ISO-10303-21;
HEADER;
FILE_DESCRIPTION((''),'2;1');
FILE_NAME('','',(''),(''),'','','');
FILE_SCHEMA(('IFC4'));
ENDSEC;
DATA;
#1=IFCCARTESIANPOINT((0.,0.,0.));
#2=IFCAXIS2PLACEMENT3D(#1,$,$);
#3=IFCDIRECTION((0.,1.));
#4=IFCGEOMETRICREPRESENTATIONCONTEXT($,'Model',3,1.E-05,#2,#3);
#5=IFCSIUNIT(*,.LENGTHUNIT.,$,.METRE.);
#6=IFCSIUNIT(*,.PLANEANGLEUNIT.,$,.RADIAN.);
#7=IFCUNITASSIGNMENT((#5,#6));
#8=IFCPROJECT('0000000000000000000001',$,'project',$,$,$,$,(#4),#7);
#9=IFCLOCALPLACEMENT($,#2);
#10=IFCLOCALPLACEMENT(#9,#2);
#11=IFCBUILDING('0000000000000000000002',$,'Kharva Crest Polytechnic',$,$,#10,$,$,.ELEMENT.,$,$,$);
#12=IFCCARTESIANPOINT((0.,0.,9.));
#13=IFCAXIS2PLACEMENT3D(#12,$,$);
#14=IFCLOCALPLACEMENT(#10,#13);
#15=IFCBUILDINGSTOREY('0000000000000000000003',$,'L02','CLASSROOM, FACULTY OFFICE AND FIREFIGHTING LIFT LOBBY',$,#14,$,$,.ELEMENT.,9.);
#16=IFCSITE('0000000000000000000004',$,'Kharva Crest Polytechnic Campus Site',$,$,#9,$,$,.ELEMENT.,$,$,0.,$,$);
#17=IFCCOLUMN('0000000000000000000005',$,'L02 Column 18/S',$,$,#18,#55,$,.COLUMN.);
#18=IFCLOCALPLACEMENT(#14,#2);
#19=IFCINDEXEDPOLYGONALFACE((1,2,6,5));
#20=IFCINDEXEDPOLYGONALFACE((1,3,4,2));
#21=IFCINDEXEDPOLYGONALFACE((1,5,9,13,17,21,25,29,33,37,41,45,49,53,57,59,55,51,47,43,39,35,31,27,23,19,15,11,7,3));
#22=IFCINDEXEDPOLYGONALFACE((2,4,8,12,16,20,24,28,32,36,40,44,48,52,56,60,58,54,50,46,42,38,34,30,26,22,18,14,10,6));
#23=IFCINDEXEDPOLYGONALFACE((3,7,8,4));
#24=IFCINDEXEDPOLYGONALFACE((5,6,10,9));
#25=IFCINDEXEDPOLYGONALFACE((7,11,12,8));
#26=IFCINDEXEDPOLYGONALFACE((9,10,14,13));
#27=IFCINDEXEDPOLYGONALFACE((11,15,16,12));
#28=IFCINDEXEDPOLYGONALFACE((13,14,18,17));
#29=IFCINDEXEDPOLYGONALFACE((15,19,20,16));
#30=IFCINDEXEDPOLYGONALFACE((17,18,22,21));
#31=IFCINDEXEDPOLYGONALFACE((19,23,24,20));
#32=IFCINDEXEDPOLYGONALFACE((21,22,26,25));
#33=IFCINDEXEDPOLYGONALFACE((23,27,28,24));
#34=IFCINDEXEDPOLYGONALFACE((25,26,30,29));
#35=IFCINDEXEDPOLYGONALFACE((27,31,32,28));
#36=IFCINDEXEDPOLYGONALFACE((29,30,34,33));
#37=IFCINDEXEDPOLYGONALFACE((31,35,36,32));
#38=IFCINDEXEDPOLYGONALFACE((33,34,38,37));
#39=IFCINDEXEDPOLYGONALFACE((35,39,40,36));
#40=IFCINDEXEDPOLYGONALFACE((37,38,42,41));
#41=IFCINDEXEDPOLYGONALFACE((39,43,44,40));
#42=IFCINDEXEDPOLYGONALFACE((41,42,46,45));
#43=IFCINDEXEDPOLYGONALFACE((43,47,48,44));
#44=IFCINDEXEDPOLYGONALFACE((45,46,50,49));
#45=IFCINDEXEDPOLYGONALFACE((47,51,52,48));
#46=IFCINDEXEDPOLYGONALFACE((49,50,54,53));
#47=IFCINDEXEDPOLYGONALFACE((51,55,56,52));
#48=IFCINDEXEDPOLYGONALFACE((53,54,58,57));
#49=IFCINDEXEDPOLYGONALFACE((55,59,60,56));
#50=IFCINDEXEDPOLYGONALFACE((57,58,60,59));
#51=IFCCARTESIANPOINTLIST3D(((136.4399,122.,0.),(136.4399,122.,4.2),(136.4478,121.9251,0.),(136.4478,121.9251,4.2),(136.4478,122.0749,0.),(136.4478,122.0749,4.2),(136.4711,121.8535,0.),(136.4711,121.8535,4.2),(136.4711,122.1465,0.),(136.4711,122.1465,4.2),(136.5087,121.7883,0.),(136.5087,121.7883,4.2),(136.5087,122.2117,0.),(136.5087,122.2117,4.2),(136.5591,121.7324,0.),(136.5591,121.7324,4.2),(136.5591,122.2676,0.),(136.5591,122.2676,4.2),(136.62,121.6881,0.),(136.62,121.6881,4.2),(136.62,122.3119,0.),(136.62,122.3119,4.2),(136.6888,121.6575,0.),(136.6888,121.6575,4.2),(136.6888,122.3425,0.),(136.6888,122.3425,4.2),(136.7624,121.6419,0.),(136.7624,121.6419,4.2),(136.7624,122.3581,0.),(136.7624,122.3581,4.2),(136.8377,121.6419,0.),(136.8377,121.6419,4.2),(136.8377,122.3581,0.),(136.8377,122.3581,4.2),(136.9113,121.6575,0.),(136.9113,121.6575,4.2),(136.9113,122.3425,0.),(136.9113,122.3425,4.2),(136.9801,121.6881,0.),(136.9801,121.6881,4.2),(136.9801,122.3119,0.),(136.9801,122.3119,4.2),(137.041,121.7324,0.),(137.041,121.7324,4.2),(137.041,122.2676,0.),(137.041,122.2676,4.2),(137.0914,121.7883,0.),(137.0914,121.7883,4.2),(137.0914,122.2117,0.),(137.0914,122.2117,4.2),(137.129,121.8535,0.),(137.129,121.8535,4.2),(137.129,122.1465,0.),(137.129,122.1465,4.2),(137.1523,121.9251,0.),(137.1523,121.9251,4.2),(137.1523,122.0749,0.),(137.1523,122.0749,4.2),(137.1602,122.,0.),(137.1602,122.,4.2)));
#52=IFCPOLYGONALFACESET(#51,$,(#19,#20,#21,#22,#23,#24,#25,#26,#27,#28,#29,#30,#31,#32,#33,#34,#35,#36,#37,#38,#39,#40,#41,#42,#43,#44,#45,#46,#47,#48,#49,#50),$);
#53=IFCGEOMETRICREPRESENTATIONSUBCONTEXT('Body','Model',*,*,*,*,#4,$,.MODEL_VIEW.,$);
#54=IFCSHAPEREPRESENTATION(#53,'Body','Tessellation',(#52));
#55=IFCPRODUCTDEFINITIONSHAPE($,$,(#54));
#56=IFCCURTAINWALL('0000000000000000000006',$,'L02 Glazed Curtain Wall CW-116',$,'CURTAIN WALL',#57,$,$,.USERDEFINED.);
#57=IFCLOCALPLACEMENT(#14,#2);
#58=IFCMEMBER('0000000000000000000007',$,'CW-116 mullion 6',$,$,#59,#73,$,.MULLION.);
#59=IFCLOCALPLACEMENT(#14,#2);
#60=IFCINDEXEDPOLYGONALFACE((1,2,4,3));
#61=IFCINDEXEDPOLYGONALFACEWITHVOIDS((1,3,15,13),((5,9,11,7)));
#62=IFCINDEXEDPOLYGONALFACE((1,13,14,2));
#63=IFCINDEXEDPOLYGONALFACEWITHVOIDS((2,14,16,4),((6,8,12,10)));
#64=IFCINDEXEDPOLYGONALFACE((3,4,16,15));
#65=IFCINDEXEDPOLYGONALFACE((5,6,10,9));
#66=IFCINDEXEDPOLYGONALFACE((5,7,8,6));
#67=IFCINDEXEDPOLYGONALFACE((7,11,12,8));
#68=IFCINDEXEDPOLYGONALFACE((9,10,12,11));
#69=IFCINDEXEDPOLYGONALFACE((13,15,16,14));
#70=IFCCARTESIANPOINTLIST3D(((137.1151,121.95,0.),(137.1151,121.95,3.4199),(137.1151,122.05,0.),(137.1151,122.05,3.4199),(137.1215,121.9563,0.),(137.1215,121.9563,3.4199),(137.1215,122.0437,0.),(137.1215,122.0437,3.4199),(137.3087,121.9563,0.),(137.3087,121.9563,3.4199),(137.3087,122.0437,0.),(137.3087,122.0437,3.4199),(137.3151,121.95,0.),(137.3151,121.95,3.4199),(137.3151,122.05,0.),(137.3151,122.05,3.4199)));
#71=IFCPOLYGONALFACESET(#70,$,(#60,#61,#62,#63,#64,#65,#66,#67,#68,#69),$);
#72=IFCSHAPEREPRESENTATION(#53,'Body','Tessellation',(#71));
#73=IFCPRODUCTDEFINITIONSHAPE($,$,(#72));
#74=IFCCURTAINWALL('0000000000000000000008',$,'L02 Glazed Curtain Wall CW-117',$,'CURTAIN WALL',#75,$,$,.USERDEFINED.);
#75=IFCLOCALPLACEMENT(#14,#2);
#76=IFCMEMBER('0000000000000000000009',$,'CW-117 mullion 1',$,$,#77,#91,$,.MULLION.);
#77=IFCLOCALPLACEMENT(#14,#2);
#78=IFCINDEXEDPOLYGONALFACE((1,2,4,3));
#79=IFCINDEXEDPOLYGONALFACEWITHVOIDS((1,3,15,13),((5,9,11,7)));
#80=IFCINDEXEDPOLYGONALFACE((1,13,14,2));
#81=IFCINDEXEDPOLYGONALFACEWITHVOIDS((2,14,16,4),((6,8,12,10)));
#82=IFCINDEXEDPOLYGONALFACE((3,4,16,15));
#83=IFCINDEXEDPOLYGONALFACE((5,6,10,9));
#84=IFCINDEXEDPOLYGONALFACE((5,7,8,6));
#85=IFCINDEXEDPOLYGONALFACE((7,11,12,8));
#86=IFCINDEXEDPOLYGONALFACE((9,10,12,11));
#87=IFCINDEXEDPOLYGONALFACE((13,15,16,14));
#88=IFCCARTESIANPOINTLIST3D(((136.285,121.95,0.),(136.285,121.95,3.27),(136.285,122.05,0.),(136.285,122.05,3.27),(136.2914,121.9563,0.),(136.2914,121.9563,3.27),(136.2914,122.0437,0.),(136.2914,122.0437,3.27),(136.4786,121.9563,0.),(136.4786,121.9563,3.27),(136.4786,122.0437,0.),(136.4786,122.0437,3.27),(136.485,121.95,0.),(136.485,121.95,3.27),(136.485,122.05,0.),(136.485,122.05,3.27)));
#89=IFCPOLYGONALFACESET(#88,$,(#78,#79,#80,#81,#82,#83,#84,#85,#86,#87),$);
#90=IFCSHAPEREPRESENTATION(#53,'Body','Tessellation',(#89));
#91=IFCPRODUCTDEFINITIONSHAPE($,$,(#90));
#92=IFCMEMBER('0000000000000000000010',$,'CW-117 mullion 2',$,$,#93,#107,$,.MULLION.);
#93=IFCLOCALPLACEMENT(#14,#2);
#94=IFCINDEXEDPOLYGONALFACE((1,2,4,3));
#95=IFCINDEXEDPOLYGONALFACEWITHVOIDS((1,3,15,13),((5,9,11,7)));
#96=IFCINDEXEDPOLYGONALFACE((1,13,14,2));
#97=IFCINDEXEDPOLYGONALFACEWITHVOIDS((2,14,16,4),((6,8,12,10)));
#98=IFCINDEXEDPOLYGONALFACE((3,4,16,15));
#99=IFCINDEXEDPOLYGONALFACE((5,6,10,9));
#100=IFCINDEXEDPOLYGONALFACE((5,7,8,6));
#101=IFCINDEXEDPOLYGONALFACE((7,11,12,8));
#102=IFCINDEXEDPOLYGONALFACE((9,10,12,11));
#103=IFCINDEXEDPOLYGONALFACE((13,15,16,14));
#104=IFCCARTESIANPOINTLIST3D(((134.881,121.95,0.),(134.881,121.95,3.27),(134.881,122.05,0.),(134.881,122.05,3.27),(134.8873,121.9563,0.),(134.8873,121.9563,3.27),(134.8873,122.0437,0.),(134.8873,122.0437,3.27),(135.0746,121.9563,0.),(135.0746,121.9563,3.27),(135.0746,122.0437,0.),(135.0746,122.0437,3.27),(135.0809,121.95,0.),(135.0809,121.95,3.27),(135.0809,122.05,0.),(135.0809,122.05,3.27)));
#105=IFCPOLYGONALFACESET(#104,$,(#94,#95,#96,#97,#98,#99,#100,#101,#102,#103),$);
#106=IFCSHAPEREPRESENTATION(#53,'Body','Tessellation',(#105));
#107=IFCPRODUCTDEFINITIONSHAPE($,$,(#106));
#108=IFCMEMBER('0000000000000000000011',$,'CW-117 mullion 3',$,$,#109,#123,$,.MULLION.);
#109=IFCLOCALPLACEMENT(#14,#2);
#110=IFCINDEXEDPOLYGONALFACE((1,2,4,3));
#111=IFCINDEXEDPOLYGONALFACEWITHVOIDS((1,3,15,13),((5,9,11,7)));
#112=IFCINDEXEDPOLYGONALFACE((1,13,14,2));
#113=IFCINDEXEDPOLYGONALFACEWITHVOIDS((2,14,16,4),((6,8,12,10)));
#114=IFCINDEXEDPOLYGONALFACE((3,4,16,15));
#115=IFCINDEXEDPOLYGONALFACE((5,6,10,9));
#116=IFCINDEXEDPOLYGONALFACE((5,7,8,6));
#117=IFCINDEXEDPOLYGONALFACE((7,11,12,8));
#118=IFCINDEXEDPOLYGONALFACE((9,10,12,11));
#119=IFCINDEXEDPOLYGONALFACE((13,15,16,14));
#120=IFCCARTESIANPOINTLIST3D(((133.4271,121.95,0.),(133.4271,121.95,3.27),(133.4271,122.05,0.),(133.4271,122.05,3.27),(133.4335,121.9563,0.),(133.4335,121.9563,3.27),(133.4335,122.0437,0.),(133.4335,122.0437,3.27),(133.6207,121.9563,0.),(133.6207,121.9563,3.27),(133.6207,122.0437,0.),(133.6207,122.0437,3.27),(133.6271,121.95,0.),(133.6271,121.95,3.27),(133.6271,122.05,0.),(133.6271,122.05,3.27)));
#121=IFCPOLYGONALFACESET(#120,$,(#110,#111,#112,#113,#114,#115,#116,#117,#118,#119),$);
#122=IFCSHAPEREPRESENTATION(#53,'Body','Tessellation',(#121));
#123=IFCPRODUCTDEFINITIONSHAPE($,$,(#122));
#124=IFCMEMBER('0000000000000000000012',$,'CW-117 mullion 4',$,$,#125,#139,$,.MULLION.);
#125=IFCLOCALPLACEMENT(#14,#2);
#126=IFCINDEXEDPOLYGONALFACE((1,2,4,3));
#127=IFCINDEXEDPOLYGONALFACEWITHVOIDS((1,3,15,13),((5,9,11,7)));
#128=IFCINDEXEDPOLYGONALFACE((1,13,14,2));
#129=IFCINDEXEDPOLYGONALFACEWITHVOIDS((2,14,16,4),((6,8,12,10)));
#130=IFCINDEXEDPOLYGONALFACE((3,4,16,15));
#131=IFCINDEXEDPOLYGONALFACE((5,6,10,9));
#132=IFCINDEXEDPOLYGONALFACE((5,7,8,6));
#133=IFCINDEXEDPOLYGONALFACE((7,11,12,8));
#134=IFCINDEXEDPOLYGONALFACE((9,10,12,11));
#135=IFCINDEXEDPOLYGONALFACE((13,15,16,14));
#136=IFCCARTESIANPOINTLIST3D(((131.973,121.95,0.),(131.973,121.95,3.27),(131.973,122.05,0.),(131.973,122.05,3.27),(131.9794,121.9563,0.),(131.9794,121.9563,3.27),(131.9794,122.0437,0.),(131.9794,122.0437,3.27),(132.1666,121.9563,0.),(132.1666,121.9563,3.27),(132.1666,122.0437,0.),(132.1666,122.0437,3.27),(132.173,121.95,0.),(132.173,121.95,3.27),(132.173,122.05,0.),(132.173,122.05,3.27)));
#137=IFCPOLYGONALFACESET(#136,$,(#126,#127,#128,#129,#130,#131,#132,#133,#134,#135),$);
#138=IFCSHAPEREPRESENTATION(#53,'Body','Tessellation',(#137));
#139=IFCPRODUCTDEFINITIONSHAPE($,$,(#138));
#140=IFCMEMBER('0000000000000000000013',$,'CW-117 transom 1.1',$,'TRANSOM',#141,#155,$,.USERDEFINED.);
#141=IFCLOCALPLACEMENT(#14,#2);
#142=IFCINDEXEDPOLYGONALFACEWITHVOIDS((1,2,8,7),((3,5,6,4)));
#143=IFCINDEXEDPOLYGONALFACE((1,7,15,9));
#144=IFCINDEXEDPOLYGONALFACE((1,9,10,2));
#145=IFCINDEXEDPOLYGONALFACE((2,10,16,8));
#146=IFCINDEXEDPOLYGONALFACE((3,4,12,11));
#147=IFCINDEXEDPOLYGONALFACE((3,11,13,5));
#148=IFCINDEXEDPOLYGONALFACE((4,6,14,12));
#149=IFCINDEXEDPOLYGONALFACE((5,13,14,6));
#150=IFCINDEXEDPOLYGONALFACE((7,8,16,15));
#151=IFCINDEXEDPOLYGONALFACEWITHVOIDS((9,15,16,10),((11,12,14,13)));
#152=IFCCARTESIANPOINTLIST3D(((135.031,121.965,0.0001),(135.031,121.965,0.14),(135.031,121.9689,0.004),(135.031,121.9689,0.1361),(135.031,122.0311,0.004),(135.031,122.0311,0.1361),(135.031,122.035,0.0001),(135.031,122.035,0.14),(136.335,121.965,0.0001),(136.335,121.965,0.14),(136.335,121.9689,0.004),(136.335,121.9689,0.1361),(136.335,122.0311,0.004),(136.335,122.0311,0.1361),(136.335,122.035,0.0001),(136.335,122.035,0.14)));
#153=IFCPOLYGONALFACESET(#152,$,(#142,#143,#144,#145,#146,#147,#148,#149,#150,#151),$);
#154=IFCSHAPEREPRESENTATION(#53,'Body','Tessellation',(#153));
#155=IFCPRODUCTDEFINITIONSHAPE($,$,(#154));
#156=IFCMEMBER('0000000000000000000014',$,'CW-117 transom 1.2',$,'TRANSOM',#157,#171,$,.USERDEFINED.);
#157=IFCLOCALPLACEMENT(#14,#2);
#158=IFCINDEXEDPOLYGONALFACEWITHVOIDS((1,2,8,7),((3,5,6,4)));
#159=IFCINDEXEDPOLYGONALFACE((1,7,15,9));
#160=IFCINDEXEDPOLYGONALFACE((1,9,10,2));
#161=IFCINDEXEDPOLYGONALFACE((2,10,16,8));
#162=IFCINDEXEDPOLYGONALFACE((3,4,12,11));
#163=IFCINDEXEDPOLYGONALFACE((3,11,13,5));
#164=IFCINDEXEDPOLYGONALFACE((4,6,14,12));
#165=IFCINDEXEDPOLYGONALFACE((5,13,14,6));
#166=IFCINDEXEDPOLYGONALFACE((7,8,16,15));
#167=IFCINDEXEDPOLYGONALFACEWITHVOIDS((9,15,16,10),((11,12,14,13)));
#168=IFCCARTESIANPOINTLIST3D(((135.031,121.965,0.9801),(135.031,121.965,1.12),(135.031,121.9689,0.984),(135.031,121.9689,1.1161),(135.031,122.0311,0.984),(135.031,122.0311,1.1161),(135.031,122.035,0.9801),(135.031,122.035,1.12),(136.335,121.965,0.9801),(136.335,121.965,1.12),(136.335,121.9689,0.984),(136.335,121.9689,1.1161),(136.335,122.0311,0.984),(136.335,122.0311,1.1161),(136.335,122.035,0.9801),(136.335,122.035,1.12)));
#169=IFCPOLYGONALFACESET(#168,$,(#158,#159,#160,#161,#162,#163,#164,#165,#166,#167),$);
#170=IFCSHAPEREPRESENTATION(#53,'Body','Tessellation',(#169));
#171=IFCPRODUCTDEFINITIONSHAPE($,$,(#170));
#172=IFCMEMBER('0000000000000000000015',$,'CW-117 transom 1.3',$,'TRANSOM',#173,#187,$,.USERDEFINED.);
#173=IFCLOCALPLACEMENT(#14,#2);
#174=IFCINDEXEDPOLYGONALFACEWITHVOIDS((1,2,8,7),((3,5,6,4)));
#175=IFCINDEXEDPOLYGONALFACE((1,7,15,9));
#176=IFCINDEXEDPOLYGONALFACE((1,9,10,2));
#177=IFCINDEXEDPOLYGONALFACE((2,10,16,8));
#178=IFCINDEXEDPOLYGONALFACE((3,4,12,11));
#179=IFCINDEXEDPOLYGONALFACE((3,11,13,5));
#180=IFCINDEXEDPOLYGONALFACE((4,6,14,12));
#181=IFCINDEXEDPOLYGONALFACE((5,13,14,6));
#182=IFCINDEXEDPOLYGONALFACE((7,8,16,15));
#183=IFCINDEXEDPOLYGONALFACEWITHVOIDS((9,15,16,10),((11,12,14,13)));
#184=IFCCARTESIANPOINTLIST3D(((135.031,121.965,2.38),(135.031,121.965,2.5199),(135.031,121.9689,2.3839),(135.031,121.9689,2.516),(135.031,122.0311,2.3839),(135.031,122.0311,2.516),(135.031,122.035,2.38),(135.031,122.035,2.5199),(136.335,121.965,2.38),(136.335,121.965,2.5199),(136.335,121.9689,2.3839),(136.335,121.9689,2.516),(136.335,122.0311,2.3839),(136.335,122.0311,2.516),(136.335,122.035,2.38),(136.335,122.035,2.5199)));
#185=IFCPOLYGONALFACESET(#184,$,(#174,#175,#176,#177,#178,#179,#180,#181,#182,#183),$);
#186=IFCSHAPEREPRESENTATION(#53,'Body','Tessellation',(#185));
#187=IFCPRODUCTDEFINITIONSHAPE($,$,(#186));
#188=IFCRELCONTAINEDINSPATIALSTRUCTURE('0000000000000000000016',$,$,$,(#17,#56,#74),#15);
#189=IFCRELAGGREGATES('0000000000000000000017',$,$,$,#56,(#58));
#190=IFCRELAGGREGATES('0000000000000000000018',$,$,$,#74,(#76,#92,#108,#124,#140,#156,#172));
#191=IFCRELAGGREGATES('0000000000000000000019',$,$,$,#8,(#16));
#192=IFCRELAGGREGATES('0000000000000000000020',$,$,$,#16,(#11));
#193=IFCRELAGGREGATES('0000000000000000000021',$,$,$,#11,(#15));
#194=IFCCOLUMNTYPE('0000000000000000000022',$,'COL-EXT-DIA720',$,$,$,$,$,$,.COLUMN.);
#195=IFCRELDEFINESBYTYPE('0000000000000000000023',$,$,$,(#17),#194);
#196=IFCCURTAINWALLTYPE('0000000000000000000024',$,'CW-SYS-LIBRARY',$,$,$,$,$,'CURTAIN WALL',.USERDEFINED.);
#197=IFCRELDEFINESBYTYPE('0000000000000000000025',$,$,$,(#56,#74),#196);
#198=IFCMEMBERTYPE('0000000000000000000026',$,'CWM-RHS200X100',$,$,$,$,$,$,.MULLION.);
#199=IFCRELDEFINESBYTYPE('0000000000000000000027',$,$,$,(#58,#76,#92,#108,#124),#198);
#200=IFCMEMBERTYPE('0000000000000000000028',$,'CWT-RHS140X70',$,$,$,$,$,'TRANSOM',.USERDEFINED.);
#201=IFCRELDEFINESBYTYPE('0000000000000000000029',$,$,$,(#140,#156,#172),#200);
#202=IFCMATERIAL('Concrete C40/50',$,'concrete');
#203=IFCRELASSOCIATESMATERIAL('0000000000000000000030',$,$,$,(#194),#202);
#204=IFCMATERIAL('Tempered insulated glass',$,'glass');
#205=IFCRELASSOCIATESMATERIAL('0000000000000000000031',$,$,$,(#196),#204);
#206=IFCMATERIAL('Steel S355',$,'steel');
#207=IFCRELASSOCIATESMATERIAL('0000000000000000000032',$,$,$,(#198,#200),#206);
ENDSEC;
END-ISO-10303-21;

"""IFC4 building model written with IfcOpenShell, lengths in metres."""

from ifc_helpers import new_model, si_unit, direction, frame, origin, origin_2d, place, context, subcontext, project, spatial, hollow_rectangle, circle, extrude, material, material_profile, profile_set, type_object, element, aggregate, save


model = new_model("IFC4")

# Units and contexts
model_context = context("Model", 3, precision=1e-05, world=origin(), true_north=direction((0.0, 1.0)))
body_context = subcontext(model_context, "Body", "Model", "MODEL_VIEW")
ifc_project = project(units=[si_unit("LENGTHUNIT", "METRE"), si_unit("PLANEANGLEUNIT", "RADIAN")], contexts=[model_context])

# Site, building, storey
site_placement = place(None, origin())
site = spatial("IfcSite", under=ifc_project, at=site_placement, Name="Kharva Crest Polytechnic Campus Site", CompositionType="ELEMENT", RefElevation=0.0)
building_placement = place(site_placement, origin())
building = spatial("IfcBuilding", under=site, at=building_placement, Name="Kharva Crest Polytechnic", CompositionType="ELEMENT")
storey_placement = place(building_placement, frame((0.0, 0.0, 9.0)))
storey = spatial("IfcBuildingStorey", under=building, at=storey_placement, Name="L02", Description="CLASSROOM, FACULTY OFFICE AND FIREFIGHTING LIFT LOBBY", CompositionType="ELEMENT", Elevation=9.0)

# Column
ifc_material_1 = material(Name="Concrete C40/50", Category="concrete")
ifc_material_profile_1 = material_profile(ifc_material_1, circle(Radius=0.3601, at=origin_2d()), Name="DIA 720")
ifc_profile_set_1 = profile_set([ifc_material_profile_1], Name="Concrete C40/50")
column_type = type_object("IfcColumnType", Name="COL-EXT-DIA720", PredefinedType="COLUMN", material=ifc_profile_set_1)
column_placement = place(storey_placement, frame((136.8, 122.0, 0.0), z_axis=(0.0, 0.0, 1.0), x_axis=(1.0, 0.0, 0.0)))
element("IfcColumn", 1, at=column_placement, inside=storey, type_object=column_type, Name="L02 Column 18/S", PredefinedType="COLUMN", context=body_context, shape_type="SweptSolid", body=[
    extrude(circle(Radius=0.3601, at=origin_2d()), origin(), (0.0, 0.0, 1.0), 4.2),
])

# Curtain wall, member
ifc_material_2 = material(Name="Tempered insulated glass", Category="glass")
curtain_wall_type = type_object("IfcCurtainWallType", Name="CW-SYS-LIBRARY", ElementType="CURTAIN WALL", PredefinedType="USERDEFINED", material=ifc_material_2)
curtain_wall_1_placement = place(storey_placement, origin())
curtain_wall_1 = element("IfcCurtainWall", 2, at=curtain_wall_1_placement, inside=storey, type_object=curtain_wall_type, Name="L02 Glazed Curtain Wall CW-116", ObjectType="CURTAIN WALL", PredefinedType="USERDEFINED")
ifc_material_3 = material(Name="Steel S355", Category="steel")
ifc_material_profile_2 = material_profile(ifc_material_3, hollow_rectangle(XDim=0.1001, YDim=0.2, WallThickness=0.0063, at=origin_2d()), Name="RHS 200X100X6.3")
ifc_profile_set_2 = profile_set([ifc_material_profile_2], Name="Steel S355")
member_type_1 = type_object("IfcMemberType", Name="CWM-RHS200X100", PredefinedType="MULLION", material=ifc_profile_set_2)
member_1_placement = place(storey_placement, frame((137.2151, 122.0, 0.0), z_axis=(0.0, 0.0, 1.0), x_axis=(0.0, -1.0, 0.0)))
member_1 = element("IfcMember", 3, at=member_1_placement, type_object=member_type_1, Name="CW-116 mullion 6", PredefinedType="MULLION", context=body_context, shape_type="SweptSolid", body=[
    extrude(hollow_rectangle(XDim=0.1001, YDim=0.2, WallThickness=0.0063, at=origin_2d()), origin(), (0.0, 0.0, 1.0), 3.4199),
])

# Curtain wall, members
curtain_wall_2_placement = place(storey_placement, origin())
curtain_wall_2 = element("IfcCurtainWall", 4, at=curtain_wall_2_placement, inside=storey, type_object=curtain_wall_type, Name="L02 Glazed Curtain Wall CW-117", ObjectType="CURTAIN WALL", PredefinedType="USERDEFINED")
member_2_placement = place(storey_placement, frame((136.385, 122.0, 0.0), z_axis=(0.0, 0.0, 1.0), x_axis=(0.0, -1.0, 0.0)))
member_2 = element("IfcMember", 5, at=member_2_placement, type_object=member_type_1, Name="CW-117 mullion 1", PredefinedType="MULLION", context=body_context, shape_type="SweptSolid", body=[
    extrude(hollow_rectangle(XDim=0.1001, YDim=0.2, WallThickness=0.0063, at=origin_2d()), origin(), (0.0, 0.0, 1.0), 3.27),
])
member_3_placement = place(storey_placement, frame((134.981, 122.0, 0.0), z_axis=(0.0, 0.0, 1.0), x_axis=(0.0, -1.0, 0.0)))
member_3 = element("IfcMember", 6, at=member_3_placement, type_object=member_type_1, Name="CW-117 mullion 2", PredefinedType="MULLION", context=body_context, shape_type="SweptSolid", body=[
    extrude(hollow_rectangle(XDim=0.1001, YDim=0.2, WallThickness=0.0063, at=origin_2d()), origin(), (0.0, 0.0, 1.0), 3.27),
])
member_4_placement = place(storey_placement, frame((133.5271, 122.0, 0.0), z_axis=(0.0, 0.0, 1.0), x_axis=(0.0, -1.0, 0.0)))
member_4 = element("IfcMember", 7, at=member_4_placement, type_object=member_type_1, Name="CW-117 mullion 3", PredefinedType="MULLION", context=body_context, shape_type="SweptSolid", body=[
    extrude(hollow_rectangle(XDim=0.1001, YDim=0.2, WallThickness=0.0063, at=origin_2d()), origin(), (0.0, 0.0, 1.0), 3.27),
])
member_5_placement = place(storey_placement, frame((132.073, 122.0, 0.0), z_axis=(0.0, 0.0, 1.0), x_axis=(0.0, -1.0, 0.0)))
member_5 = element("IfcMember", 8, at=member_5_placement, type_object=member_type_1, Name="CW-117 mullion 4", PredefinedType="MULLION", context=body_context, shape_type="SweptSolid", body=[
    extrude(hollow_rectangle(XDim=0.1001, YDim=0.2, WallThickness=0.0063, at=origin_2d()), origin(), (0.0, 0.0, 1.0), 3.27),
])
ifc_material_profile_3 = material_profile(ifc_material_3, hollow_rectangle(XDim=0.0701, YDim=0.1399, WallThickness=0.0039, at=origin_2d()), Name="RHS 140X70X4.0")
ifc_profile_set_3 = profile_set([ifc_material_profile_3], Name="Steel S355")
member_type_2 = type_object("IfcMemberType", Name="CWT-RHS140X70", ElementType="TRANSOM", PredefinedType="USERDEFINED", material=ifc_profile_set_3)
member_6_placement = place(storey_placement, frame((136.335, 122.0, 0.0701), z_axis=(-1.0, 0.0, 0.0), x_axis=(0.0, -1.0, 0.0)))
member_6 = element("IfcMember", 9, at=member_6_placement, type_object=member_type_2, Name="CW-117 transom 1.1", ObjectType="TRANSOM", PredefinedType="USERDEFINED", context=body_context, shape_type="SweptSolid", body=[
    extrude(hollow_rectangle(XDim=0.0701, YDim=0.1399, WallThickness=0.0039, at=origin_2d()), origin(), (0.0, 0.0, 1.0), 1.304),
])
member_7_placement = place(storey_placement, frame((136.335, 122.0, 1.05), z_axis=(-1.0, 0.0, 0.0), x_axis=(0.0, -1.0, 0.0)))
member_7 = element("IfcMember", 10, at=member_7_placement, type_object=member_type_2, Name="CW-117 transom 1.2", ObjectType="TRANSOM", PredefinedType="USERDEFINED", context=body_context, shape_type="SweptSolid", body=[
    extrude(hollow_rectangle(XDim=0.0701, YDim=0.1399, WallThickness=0.0039, at=origin_2d()), origin(), (0.0, 0.0, 1.0), 1.304),
])
member_8_placement = place(storey_placement, frame((136.335, 122.0, 2.45), z_axis=(-1.0, 0.0, 0.0), x_axis=(0.0, -1.0, 0.0)))
member_8 = element("IfcMember", 11, at=member_8_placement, type_object=member_type_2, Name="CW-117 transom 1.3", ObjectType="TRANSOM", PredefinedType="USERDEFINED", context=body_context, shape_type="SweptSolid", body=[
    extrude(hollow_rectangle(XDim=0.0701, YDim=0.1399, WallThickness=0.0039, at=origin_2d()), origin(), (0.0, 0.0, 1.0), 1.304),
])

aggregate(curtain_wall_1, [member_1])
aggregate(curtain_wall_2, [member_2, member_3, member_4, member_5, member_6, member_7, member_8])

save(model, "model.ifc")
